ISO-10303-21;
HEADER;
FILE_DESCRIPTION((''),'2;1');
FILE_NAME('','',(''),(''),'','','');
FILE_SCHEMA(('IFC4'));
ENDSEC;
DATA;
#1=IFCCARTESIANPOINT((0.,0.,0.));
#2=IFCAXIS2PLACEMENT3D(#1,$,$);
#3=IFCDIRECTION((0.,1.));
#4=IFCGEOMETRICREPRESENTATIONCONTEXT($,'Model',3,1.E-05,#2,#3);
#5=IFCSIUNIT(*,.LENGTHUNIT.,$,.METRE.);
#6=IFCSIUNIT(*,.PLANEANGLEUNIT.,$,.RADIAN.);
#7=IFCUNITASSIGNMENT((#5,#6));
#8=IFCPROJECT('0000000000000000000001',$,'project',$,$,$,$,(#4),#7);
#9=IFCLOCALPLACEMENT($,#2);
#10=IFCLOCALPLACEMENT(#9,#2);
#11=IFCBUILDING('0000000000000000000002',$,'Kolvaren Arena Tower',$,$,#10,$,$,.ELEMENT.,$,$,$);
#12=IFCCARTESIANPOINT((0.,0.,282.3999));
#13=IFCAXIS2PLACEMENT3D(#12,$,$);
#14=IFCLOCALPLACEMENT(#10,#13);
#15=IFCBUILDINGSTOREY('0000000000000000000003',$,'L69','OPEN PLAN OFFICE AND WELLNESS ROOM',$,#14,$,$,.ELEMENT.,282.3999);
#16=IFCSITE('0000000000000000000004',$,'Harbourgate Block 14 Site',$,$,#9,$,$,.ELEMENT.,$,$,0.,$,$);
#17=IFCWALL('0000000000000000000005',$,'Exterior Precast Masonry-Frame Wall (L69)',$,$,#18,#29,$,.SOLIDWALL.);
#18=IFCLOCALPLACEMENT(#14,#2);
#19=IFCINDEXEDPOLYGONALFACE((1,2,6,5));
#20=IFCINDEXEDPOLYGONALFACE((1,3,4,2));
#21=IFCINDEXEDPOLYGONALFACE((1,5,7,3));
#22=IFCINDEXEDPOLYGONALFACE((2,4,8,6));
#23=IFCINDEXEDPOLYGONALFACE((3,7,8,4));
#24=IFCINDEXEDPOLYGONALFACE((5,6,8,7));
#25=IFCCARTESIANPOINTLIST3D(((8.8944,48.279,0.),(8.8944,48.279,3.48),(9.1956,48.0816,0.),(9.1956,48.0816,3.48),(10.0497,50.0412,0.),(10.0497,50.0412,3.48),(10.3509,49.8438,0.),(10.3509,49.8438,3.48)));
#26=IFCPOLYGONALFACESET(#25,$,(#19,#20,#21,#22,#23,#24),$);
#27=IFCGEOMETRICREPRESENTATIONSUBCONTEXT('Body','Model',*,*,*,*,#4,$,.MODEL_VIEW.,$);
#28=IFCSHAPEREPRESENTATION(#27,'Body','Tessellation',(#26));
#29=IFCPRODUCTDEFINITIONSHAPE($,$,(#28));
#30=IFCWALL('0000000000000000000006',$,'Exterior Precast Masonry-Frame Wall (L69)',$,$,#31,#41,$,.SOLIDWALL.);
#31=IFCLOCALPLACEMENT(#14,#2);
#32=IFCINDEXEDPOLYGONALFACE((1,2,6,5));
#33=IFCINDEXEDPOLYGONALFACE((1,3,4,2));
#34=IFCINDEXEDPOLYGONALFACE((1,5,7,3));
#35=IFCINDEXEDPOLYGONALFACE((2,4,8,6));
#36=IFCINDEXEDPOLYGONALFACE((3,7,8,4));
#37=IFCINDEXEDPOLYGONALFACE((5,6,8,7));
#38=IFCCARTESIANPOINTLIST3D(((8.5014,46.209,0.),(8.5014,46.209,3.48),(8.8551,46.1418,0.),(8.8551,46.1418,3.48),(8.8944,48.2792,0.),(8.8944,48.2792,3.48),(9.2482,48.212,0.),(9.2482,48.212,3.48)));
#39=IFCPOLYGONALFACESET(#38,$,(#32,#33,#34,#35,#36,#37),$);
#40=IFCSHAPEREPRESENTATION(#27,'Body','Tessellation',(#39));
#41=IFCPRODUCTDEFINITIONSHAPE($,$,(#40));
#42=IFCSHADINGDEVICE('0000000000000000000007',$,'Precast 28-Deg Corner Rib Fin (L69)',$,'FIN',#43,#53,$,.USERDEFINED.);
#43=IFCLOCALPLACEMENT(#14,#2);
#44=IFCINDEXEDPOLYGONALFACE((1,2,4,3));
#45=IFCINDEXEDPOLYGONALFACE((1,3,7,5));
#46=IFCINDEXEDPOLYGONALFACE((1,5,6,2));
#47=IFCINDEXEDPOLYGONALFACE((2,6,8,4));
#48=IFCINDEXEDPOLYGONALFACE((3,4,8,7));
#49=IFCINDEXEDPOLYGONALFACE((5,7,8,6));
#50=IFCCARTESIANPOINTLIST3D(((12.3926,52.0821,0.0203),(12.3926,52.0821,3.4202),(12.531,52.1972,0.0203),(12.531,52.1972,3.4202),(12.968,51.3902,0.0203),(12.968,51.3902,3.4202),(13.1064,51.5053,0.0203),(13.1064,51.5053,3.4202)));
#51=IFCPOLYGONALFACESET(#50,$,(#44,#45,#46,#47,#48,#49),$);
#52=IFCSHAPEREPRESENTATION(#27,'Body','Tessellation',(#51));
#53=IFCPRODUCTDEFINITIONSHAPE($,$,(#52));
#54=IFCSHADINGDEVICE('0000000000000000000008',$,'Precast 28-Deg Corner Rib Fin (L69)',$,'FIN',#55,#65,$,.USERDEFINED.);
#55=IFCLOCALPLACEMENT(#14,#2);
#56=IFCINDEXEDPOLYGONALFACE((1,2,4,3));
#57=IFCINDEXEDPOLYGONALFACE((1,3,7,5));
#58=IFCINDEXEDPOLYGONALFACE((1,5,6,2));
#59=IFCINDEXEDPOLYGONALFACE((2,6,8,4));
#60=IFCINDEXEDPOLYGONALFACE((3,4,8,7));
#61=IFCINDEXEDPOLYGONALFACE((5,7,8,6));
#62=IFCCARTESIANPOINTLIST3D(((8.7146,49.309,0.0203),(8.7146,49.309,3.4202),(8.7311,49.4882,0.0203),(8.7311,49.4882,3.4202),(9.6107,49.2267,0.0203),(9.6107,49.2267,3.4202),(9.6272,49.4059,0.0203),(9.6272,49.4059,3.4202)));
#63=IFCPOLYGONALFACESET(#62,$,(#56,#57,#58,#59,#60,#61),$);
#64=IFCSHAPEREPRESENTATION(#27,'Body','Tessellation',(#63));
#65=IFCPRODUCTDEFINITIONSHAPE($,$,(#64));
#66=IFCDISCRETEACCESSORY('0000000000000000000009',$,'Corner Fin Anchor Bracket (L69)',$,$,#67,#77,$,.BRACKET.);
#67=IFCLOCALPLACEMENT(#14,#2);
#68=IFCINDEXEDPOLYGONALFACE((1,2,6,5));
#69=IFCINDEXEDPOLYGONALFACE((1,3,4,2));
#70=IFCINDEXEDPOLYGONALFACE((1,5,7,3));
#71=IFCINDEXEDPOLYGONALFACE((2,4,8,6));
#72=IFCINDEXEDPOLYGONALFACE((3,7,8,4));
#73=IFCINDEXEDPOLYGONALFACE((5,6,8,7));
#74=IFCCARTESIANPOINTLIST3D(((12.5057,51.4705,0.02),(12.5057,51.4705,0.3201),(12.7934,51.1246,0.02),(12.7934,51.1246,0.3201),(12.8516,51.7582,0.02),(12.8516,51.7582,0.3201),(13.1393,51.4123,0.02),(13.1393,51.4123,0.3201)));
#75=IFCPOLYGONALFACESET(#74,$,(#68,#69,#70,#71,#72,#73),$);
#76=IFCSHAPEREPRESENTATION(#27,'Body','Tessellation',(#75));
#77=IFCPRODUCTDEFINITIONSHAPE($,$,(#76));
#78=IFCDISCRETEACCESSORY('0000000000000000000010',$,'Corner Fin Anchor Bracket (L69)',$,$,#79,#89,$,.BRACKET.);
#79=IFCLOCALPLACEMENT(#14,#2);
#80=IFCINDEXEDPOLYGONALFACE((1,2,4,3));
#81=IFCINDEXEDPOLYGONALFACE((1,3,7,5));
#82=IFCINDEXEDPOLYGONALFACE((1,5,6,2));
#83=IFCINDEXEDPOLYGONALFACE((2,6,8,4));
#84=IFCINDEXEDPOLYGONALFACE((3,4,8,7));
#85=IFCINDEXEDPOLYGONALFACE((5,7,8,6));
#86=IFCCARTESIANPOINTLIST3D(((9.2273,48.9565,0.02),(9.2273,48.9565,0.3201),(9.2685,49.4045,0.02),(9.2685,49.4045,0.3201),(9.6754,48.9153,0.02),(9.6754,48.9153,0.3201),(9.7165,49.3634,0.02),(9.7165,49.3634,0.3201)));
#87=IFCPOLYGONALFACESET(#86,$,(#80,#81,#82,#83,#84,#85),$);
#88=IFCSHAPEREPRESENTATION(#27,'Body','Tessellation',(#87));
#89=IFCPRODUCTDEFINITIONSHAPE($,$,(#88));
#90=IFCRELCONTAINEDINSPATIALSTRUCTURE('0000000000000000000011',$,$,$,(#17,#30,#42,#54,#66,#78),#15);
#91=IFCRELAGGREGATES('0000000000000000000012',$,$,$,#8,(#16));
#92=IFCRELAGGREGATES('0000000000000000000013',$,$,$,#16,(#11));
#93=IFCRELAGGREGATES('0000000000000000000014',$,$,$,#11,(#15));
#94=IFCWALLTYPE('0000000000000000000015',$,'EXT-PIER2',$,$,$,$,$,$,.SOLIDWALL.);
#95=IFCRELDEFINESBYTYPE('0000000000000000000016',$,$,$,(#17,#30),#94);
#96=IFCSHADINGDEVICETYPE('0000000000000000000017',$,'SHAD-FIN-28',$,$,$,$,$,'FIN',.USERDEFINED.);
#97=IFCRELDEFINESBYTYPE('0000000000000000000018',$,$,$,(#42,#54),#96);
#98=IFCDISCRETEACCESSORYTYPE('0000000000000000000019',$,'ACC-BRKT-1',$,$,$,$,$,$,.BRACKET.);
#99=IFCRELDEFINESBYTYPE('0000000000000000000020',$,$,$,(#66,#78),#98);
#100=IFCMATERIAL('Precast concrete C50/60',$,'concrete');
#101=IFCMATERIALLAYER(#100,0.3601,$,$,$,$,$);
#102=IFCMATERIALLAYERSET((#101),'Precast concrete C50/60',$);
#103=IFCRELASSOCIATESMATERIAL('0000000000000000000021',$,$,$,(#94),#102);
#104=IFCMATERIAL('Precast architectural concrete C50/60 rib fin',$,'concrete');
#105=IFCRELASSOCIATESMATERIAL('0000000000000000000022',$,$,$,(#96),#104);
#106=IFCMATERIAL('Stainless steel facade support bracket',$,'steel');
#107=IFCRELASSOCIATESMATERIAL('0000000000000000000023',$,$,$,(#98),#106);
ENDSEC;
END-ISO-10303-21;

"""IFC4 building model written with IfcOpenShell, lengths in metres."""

from ifc_helpers import new_model, si_unit, direction, frame, frame_2d, origin, origin_2d, place, context, subcontext, project, spatial, rectangle, extrude, material, layer, layer_set, type_object, element, save


model = new_model("IFC4")

# Units and contexts
model_context = context("Model", 3, precision=1e-05, world=origin(), true_north=direction((0.0, 1.0)))
body_context = subcontext(model_context, "Body", "Model", "MODEL_VIEW")
ifc_project = project(units=[si_unit("LENGTHUNIT", "METRE"), si_unit("PLANEANGLEUNIT", "RADIAN")], contexts=[model_context])

# Site, building, storey
site_placement = place(None, origin())
site = spatial("IfcSite", under=ifc_project, at=site_placement, Name="Harbourgate Block 14 Site", CompositionType="ELEMENT", RefElevation=0.0)
building_placement = place(site_placement, origin())
building = spatial("IfcBuilding", under=site, at=building_placement, Name="Kolvaren Arena Tower", CompositionType="ELEMENT")
storey_placement = place(building_placement, frame((0.0, 0.0, 282.3999)))
storey = spatial("IfcBuildingStorey", under=building, at=storey_placement, Name="L69", Description="OPEN PLAN OFFICE AND WELLNESS ROOM", CompositionType="ELEMENT", Elevation=282.3999)

# Shared definitions
ifc_material_1 = material(Name="Precast concrete C50/60", Category="concrete")

# Shared definitions
ifc_layer = layer(ifc_material_1, 0.3601)
ifc_layer_set = layer_set([ifc_layer], Name="Precast concrete C50/60")
wall_type = type_object("IfcWallType", Name="EXT-PIER2", PredefinedType="SOLIDWALL", material=ifc_layer_set)

# Walls
for number, where, z_axis, x_axis, name in (
    (1, (9.0449, 48.1802, 0.0), (0.0, 0.0, 1.0), (0.548267, 0.836304, 0.0), "Exterior Precast Masonry-Frame Wall (L69)"),
    (2, (8.6782, 46.1753, 0.0), (0.0, 0.0, 1.0), (0.186548, 0.982446, 0.0), "Exterior Precast Masonry-Frame Wall (L69)"),
):
    element("IfcWall", number, at=place(storey_placement, frame(where, z_axis=z_axis, x_axis=x_axis)), inside=storey, type_object=wall_type, Name=name, PredefinedType="SOLIDWALL", context=body_context, shape_type="SweptSolid", body=[
        extrude(rectangle(XDim=2.1072, YDim=0.3601, at=frame_2d((1.0537, 0.0))), origin(), (0.0, 0.0, 1.0), 3.48),
    ])

# Shading devices
ifc_material_2 = material(Name="Precast architectural concrete C50/60 rib fin", Category="concrete")
shading_device_type = type_object("IfcShadingDeviceType", Name="SHAD-FIN-28", ElementType="FIN", PredefinedType="USERDEFINED", material=ifc_material_2)
for number, where, z_axis, x_axis, name in (
    (3, (12.7495, 51.7937, 0.0203), (0.0, 0.0, 1.0), (-0.639409, 0.768866, 0.0), "Precast 28-Deg Corner Rib Fin (L69)"),
    (4, (9.1709, 49.3574, 0.0203), (0.0, 0.0, 1.0), (-0.995808, 0.091469, 0.0), "Precast 28-Deg Corner Rib Fin (L69)"),
):
    element("IfcShadingDevice", number, at=place(storey_placement, frame(where, z_axis=z_axis, x_axis=x_axis)), inside=storey, type_object=shading_device_type, Name=name, ObjectType="FIN", PredefinedType="USERDEFINED", context=body_context, shape_type="SweptSolid", body=[
        extrude(rectangle(XDim=0.8999, YDim=0.1799, at=origin_2d()), origin(), (0.0, 0.0, 1.0), 3.3999),
    ])

# Discrete accessories
ifc_material_3 = material(Name="Stainless steel facade support bracket", Category="steel")
discrete_accessory_type = type_object("IfcDiscreteAccessoryType", Name="ACC-BRKT-1", PredefinedType="BRACKET", material=ifc_material_3)
for number, where, z_axis, x_axis, name in (
    (5, (12.8225, 51.4414, 0.02), (0.0, 0.0, 1.0), (-0.639409, 0.768866, 0.0), "Corner Fin Anchor Bracket (L69)"),
    (6, (9.4719, 49.1599, 0.02), (0.0, 0.0, 1.0), (-0.995808, 0.091469, 0.0), "Corner Fin Anchor Bracket (L69)"),
):
    element("IfcDiscreteAccessory", number, at=place(storey_placement, frame(where, z_axis=z_axis, x_axis=x_axis)), inside=storey, type_object=discrete_accessory_type, Name=name, PredefinedType="BRACKET", context=body_context, shape_type="SweptSolid", body=[
        extrude(rectangle(XDim=0.45, YDim=0.45, at=origin_2d()), origin(), (0.0, 0.0, 1.0), 0.3),
    ])

save(model, "model.ifc")
